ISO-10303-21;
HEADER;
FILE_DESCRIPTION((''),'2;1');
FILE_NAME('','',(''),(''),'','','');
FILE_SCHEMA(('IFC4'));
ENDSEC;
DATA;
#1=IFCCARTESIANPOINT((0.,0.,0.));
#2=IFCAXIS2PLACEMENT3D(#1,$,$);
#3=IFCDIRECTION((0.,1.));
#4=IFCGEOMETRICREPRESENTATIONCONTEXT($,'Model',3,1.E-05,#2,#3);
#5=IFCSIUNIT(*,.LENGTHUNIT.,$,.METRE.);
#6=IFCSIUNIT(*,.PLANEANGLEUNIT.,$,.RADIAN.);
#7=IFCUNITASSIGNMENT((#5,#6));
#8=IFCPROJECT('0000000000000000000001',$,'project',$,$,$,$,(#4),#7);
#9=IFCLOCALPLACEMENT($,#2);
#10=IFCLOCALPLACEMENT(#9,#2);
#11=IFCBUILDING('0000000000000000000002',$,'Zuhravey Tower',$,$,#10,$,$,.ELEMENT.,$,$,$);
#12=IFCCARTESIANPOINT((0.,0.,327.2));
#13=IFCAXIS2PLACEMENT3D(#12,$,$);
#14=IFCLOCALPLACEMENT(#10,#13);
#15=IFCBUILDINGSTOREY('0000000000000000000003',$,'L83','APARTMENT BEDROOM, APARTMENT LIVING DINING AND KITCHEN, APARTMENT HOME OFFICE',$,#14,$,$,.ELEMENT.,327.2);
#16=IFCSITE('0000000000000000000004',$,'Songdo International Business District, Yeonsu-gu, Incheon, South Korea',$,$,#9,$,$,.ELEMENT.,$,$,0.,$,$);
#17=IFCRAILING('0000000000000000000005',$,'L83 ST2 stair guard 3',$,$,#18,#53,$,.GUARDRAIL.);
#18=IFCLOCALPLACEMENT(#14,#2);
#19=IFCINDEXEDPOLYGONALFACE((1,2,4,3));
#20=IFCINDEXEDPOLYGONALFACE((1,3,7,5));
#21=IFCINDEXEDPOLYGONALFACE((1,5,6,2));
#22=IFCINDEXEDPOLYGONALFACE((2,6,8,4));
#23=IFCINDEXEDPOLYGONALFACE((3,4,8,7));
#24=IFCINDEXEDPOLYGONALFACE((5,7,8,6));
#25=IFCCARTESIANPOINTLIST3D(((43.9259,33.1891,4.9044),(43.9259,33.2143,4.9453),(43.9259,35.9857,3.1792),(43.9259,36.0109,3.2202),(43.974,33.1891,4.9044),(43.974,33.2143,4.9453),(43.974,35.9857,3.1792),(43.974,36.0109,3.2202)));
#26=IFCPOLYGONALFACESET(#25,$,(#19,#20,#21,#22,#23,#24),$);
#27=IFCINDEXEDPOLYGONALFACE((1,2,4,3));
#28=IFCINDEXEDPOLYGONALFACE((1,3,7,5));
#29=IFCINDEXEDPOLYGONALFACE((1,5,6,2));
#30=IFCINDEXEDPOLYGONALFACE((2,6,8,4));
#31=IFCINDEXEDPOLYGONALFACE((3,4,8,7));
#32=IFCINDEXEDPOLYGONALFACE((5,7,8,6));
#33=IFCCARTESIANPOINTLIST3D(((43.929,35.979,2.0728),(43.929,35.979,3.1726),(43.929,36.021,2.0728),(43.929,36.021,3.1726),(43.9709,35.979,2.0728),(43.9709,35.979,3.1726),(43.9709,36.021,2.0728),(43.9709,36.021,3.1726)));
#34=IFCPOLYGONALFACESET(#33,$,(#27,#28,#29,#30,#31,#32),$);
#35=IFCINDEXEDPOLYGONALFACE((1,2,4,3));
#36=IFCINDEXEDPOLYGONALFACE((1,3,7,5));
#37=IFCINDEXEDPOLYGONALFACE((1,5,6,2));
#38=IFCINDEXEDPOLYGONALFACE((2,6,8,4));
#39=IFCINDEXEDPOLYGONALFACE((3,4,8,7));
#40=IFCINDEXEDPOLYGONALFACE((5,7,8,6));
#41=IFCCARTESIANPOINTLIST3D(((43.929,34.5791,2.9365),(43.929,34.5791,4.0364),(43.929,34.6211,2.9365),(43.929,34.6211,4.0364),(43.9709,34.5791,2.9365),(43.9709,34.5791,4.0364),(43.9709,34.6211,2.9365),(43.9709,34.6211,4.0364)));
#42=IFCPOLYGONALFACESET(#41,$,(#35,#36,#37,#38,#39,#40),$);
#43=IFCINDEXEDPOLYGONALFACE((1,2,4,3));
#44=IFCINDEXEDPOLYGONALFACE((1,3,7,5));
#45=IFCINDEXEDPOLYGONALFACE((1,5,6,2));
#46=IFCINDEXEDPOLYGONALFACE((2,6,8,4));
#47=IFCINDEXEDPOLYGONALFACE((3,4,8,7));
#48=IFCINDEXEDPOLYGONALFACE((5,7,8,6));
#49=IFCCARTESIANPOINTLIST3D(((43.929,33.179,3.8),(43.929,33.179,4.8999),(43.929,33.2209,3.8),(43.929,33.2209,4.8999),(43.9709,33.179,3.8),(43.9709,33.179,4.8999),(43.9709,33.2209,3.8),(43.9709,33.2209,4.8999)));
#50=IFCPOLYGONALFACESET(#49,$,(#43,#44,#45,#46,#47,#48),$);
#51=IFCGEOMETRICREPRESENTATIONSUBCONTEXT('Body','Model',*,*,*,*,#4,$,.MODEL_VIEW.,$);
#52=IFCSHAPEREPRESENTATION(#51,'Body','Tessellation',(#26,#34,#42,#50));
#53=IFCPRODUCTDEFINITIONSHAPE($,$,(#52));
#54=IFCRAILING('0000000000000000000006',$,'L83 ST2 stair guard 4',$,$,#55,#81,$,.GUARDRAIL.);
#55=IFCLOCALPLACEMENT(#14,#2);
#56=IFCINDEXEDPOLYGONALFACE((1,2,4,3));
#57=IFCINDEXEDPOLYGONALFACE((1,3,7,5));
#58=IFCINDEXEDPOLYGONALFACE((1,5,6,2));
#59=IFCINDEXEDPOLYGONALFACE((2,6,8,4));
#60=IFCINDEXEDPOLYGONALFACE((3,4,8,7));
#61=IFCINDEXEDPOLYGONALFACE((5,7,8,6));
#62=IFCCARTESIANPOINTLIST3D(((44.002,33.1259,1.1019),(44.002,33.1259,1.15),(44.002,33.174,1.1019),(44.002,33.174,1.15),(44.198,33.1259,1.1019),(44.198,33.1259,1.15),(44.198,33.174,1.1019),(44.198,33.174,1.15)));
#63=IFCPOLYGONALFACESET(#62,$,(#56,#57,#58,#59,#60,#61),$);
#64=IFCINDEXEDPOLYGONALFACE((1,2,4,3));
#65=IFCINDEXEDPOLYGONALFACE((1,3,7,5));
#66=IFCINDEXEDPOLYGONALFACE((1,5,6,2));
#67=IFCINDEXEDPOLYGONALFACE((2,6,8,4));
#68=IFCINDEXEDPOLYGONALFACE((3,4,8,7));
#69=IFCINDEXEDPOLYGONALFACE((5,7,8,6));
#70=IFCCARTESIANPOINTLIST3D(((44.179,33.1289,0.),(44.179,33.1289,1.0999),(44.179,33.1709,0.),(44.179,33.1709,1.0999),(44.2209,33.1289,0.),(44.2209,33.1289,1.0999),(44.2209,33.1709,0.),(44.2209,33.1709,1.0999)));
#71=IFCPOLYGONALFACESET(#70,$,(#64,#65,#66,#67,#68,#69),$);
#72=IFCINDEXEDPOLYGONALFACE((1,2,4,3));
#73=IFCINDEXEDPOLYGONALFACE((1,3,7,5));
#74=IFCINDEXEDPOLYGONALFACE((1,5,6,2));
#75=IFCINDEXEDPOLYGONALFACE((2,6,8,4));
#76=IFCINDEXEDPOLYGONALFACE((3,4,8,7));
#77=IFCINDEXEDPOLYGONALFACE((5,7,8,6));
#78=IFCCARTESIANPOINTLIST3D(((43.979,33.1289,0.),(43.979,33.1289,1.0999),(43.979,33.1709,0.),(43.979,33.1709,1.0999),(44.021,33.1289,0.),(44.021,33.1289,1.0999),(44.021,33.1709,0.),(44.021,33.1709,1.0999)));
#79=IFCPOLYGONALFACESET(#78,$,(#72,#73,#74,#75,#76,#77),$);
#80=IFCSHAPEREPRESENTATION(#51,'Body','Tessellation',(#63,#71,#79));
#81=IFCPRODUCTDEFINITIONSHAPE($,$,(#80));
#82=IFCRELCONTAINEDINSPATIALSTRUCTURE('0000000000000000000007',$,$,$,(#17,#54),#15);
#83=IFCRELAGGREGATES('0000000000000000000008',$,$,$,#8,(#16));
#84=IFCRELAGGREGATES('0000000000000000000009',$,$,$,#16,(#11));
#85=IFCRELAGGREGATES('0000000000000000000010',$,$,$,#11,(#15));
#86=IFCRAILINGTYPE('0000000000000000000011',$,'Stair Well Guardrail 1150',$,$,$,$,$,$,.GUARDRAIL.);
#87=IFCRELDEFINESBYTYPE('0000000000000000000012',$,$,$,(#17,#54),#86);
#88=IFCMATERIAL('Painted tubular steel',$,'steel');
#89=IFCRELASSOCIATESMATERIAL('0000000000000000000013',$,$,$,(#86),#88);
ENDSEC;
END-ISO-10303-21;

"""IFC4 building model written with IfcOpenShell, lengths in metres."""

from ifc_helpers import new_model, si_unit, direction, frame, origin, origin_2d, place, context, subcontext, project, spatial, rectangle, extrude, material, type_object, element, save


model = new_model("IFC4")

# Units and contexts
model_context = context("Model", 3, precision=1e-05, world=origin(), true_north=direction((0.0, 1.0)))
body_context = subcontext(model_context, "Body", "Model", "MODEL_VIEW")
ifc_project = project(units=[si_unit("LENGTHUNIT", "METRE"), si_unit("PLANEANGLEUNIT", "RADIAN")], contexts=[model_context])

# Site, building, storey
site_placement = place(None, origin())
site = spatial("IfcSite", under=ifc_project, at=site_placement, Name="Songdo International Business District, Yeonsu-gu, Incheon, South Korea", CompositionType="ELEMENT", RefElevation=0.0)
building_placement = place(site_placement, origin())
building = spatial("IfcBuilding", under=site, at=building_placement, Name="Zuhravey Tower", CompositionType="ELEMENT")
storey_placement = place(building_placement, frame((0.0, 0.0, 327.2)))
storey = spatial("IfcBuildingStorey", under=building, at=storey_placement, Name="L83", Description="APARTMENT BEDROOM, APARTMENT LIVING DINING AND KITCHEN, APARTMENT HOME OFFICE", CompositionType="ELEMENT", Elevation=327.2)

# Railings
ifc_material_1 = material(Name="Painted tubular steel", Category="steel")
railing_type_1 = type_object("IfcRailingType", Name="Stair Well Guardrail 1150", PredefinedType="GUARDRAIL", material=ifc_material_1)
railing_1_placement = place(storey_placement, frame((43.95, 36.0, 2.0728)))
element("IfcRailing", 1, at=railing_1_placement, inside=storey, type_object=railing_type_1, Name="L83 ST2 stair guard 3", PredefinedType="GUARDRAIL", context=body_context, shape_type="SweptSolid", body=[
    extrude(rectangle(XDim=0.0481, YDim=0.0481, at=origin_2d()), frame((0.0, -0.0017, 1.127), z_axis=(0.0, -0.85109, 0.52502), x_axis=(1.0, 0.0, 0.0)), (0.0, 0.0, 1.0), 3.2859),
    extrude(rectangle(XDim=0.042, YDim=0.042, at=origin_2d()), origin(), (0.0, 0.0, 1.0), 1.0999),
    extrude(rectangle(XDim=0.042, YDim=0.042, at=origin_2d()), frame((0.0, -1.3999, 0.8638)), (0.0, 0.0, 1.0), 1.0999),
    extrude(rectangle(XDim=0.042, YDim=0.042, at=origin_2d()), frame((0.0, -2.8, 1.7273)), (0.0, 0.0, 1.0), 1.0999),
])
railing_2_placement = place(storey_placement, frame((44.2, 33.1499, 0.0)))
element("IfcRailing", 2, at=railing_2_placement, inside=storey, type_object=railing_type_1, Name="L83 ST2 stair guard 4", PredefinedType="GUARDRAIL", context=body_context, shape_type="SweptSolid", body=[
    extrude(rectangle(XDim=0.0481, YDim=0.0481, at=origin_2d()), frame((-0.002, 0.0, 1.126), z_axis=(-1.0, 0.0, 0.0), x_axis=(0.0, -1.0, 0.0)), (0.0, 0.0, 1.0), 0.196),
    extrude(rectangle(XDim=0.042, YDim=0.042, at=origin_2d()), origin(), (0.0, 0.0, 1.0), 1.0999),
    extrude(rectangle(XDim=0.042, YDim=0.042, at=origin_2d()), frame((-0.2, 0.0, 0.0)), (0.0, 0.0, 1.0), 1.0999),
])

save(model, "model.ifc")
